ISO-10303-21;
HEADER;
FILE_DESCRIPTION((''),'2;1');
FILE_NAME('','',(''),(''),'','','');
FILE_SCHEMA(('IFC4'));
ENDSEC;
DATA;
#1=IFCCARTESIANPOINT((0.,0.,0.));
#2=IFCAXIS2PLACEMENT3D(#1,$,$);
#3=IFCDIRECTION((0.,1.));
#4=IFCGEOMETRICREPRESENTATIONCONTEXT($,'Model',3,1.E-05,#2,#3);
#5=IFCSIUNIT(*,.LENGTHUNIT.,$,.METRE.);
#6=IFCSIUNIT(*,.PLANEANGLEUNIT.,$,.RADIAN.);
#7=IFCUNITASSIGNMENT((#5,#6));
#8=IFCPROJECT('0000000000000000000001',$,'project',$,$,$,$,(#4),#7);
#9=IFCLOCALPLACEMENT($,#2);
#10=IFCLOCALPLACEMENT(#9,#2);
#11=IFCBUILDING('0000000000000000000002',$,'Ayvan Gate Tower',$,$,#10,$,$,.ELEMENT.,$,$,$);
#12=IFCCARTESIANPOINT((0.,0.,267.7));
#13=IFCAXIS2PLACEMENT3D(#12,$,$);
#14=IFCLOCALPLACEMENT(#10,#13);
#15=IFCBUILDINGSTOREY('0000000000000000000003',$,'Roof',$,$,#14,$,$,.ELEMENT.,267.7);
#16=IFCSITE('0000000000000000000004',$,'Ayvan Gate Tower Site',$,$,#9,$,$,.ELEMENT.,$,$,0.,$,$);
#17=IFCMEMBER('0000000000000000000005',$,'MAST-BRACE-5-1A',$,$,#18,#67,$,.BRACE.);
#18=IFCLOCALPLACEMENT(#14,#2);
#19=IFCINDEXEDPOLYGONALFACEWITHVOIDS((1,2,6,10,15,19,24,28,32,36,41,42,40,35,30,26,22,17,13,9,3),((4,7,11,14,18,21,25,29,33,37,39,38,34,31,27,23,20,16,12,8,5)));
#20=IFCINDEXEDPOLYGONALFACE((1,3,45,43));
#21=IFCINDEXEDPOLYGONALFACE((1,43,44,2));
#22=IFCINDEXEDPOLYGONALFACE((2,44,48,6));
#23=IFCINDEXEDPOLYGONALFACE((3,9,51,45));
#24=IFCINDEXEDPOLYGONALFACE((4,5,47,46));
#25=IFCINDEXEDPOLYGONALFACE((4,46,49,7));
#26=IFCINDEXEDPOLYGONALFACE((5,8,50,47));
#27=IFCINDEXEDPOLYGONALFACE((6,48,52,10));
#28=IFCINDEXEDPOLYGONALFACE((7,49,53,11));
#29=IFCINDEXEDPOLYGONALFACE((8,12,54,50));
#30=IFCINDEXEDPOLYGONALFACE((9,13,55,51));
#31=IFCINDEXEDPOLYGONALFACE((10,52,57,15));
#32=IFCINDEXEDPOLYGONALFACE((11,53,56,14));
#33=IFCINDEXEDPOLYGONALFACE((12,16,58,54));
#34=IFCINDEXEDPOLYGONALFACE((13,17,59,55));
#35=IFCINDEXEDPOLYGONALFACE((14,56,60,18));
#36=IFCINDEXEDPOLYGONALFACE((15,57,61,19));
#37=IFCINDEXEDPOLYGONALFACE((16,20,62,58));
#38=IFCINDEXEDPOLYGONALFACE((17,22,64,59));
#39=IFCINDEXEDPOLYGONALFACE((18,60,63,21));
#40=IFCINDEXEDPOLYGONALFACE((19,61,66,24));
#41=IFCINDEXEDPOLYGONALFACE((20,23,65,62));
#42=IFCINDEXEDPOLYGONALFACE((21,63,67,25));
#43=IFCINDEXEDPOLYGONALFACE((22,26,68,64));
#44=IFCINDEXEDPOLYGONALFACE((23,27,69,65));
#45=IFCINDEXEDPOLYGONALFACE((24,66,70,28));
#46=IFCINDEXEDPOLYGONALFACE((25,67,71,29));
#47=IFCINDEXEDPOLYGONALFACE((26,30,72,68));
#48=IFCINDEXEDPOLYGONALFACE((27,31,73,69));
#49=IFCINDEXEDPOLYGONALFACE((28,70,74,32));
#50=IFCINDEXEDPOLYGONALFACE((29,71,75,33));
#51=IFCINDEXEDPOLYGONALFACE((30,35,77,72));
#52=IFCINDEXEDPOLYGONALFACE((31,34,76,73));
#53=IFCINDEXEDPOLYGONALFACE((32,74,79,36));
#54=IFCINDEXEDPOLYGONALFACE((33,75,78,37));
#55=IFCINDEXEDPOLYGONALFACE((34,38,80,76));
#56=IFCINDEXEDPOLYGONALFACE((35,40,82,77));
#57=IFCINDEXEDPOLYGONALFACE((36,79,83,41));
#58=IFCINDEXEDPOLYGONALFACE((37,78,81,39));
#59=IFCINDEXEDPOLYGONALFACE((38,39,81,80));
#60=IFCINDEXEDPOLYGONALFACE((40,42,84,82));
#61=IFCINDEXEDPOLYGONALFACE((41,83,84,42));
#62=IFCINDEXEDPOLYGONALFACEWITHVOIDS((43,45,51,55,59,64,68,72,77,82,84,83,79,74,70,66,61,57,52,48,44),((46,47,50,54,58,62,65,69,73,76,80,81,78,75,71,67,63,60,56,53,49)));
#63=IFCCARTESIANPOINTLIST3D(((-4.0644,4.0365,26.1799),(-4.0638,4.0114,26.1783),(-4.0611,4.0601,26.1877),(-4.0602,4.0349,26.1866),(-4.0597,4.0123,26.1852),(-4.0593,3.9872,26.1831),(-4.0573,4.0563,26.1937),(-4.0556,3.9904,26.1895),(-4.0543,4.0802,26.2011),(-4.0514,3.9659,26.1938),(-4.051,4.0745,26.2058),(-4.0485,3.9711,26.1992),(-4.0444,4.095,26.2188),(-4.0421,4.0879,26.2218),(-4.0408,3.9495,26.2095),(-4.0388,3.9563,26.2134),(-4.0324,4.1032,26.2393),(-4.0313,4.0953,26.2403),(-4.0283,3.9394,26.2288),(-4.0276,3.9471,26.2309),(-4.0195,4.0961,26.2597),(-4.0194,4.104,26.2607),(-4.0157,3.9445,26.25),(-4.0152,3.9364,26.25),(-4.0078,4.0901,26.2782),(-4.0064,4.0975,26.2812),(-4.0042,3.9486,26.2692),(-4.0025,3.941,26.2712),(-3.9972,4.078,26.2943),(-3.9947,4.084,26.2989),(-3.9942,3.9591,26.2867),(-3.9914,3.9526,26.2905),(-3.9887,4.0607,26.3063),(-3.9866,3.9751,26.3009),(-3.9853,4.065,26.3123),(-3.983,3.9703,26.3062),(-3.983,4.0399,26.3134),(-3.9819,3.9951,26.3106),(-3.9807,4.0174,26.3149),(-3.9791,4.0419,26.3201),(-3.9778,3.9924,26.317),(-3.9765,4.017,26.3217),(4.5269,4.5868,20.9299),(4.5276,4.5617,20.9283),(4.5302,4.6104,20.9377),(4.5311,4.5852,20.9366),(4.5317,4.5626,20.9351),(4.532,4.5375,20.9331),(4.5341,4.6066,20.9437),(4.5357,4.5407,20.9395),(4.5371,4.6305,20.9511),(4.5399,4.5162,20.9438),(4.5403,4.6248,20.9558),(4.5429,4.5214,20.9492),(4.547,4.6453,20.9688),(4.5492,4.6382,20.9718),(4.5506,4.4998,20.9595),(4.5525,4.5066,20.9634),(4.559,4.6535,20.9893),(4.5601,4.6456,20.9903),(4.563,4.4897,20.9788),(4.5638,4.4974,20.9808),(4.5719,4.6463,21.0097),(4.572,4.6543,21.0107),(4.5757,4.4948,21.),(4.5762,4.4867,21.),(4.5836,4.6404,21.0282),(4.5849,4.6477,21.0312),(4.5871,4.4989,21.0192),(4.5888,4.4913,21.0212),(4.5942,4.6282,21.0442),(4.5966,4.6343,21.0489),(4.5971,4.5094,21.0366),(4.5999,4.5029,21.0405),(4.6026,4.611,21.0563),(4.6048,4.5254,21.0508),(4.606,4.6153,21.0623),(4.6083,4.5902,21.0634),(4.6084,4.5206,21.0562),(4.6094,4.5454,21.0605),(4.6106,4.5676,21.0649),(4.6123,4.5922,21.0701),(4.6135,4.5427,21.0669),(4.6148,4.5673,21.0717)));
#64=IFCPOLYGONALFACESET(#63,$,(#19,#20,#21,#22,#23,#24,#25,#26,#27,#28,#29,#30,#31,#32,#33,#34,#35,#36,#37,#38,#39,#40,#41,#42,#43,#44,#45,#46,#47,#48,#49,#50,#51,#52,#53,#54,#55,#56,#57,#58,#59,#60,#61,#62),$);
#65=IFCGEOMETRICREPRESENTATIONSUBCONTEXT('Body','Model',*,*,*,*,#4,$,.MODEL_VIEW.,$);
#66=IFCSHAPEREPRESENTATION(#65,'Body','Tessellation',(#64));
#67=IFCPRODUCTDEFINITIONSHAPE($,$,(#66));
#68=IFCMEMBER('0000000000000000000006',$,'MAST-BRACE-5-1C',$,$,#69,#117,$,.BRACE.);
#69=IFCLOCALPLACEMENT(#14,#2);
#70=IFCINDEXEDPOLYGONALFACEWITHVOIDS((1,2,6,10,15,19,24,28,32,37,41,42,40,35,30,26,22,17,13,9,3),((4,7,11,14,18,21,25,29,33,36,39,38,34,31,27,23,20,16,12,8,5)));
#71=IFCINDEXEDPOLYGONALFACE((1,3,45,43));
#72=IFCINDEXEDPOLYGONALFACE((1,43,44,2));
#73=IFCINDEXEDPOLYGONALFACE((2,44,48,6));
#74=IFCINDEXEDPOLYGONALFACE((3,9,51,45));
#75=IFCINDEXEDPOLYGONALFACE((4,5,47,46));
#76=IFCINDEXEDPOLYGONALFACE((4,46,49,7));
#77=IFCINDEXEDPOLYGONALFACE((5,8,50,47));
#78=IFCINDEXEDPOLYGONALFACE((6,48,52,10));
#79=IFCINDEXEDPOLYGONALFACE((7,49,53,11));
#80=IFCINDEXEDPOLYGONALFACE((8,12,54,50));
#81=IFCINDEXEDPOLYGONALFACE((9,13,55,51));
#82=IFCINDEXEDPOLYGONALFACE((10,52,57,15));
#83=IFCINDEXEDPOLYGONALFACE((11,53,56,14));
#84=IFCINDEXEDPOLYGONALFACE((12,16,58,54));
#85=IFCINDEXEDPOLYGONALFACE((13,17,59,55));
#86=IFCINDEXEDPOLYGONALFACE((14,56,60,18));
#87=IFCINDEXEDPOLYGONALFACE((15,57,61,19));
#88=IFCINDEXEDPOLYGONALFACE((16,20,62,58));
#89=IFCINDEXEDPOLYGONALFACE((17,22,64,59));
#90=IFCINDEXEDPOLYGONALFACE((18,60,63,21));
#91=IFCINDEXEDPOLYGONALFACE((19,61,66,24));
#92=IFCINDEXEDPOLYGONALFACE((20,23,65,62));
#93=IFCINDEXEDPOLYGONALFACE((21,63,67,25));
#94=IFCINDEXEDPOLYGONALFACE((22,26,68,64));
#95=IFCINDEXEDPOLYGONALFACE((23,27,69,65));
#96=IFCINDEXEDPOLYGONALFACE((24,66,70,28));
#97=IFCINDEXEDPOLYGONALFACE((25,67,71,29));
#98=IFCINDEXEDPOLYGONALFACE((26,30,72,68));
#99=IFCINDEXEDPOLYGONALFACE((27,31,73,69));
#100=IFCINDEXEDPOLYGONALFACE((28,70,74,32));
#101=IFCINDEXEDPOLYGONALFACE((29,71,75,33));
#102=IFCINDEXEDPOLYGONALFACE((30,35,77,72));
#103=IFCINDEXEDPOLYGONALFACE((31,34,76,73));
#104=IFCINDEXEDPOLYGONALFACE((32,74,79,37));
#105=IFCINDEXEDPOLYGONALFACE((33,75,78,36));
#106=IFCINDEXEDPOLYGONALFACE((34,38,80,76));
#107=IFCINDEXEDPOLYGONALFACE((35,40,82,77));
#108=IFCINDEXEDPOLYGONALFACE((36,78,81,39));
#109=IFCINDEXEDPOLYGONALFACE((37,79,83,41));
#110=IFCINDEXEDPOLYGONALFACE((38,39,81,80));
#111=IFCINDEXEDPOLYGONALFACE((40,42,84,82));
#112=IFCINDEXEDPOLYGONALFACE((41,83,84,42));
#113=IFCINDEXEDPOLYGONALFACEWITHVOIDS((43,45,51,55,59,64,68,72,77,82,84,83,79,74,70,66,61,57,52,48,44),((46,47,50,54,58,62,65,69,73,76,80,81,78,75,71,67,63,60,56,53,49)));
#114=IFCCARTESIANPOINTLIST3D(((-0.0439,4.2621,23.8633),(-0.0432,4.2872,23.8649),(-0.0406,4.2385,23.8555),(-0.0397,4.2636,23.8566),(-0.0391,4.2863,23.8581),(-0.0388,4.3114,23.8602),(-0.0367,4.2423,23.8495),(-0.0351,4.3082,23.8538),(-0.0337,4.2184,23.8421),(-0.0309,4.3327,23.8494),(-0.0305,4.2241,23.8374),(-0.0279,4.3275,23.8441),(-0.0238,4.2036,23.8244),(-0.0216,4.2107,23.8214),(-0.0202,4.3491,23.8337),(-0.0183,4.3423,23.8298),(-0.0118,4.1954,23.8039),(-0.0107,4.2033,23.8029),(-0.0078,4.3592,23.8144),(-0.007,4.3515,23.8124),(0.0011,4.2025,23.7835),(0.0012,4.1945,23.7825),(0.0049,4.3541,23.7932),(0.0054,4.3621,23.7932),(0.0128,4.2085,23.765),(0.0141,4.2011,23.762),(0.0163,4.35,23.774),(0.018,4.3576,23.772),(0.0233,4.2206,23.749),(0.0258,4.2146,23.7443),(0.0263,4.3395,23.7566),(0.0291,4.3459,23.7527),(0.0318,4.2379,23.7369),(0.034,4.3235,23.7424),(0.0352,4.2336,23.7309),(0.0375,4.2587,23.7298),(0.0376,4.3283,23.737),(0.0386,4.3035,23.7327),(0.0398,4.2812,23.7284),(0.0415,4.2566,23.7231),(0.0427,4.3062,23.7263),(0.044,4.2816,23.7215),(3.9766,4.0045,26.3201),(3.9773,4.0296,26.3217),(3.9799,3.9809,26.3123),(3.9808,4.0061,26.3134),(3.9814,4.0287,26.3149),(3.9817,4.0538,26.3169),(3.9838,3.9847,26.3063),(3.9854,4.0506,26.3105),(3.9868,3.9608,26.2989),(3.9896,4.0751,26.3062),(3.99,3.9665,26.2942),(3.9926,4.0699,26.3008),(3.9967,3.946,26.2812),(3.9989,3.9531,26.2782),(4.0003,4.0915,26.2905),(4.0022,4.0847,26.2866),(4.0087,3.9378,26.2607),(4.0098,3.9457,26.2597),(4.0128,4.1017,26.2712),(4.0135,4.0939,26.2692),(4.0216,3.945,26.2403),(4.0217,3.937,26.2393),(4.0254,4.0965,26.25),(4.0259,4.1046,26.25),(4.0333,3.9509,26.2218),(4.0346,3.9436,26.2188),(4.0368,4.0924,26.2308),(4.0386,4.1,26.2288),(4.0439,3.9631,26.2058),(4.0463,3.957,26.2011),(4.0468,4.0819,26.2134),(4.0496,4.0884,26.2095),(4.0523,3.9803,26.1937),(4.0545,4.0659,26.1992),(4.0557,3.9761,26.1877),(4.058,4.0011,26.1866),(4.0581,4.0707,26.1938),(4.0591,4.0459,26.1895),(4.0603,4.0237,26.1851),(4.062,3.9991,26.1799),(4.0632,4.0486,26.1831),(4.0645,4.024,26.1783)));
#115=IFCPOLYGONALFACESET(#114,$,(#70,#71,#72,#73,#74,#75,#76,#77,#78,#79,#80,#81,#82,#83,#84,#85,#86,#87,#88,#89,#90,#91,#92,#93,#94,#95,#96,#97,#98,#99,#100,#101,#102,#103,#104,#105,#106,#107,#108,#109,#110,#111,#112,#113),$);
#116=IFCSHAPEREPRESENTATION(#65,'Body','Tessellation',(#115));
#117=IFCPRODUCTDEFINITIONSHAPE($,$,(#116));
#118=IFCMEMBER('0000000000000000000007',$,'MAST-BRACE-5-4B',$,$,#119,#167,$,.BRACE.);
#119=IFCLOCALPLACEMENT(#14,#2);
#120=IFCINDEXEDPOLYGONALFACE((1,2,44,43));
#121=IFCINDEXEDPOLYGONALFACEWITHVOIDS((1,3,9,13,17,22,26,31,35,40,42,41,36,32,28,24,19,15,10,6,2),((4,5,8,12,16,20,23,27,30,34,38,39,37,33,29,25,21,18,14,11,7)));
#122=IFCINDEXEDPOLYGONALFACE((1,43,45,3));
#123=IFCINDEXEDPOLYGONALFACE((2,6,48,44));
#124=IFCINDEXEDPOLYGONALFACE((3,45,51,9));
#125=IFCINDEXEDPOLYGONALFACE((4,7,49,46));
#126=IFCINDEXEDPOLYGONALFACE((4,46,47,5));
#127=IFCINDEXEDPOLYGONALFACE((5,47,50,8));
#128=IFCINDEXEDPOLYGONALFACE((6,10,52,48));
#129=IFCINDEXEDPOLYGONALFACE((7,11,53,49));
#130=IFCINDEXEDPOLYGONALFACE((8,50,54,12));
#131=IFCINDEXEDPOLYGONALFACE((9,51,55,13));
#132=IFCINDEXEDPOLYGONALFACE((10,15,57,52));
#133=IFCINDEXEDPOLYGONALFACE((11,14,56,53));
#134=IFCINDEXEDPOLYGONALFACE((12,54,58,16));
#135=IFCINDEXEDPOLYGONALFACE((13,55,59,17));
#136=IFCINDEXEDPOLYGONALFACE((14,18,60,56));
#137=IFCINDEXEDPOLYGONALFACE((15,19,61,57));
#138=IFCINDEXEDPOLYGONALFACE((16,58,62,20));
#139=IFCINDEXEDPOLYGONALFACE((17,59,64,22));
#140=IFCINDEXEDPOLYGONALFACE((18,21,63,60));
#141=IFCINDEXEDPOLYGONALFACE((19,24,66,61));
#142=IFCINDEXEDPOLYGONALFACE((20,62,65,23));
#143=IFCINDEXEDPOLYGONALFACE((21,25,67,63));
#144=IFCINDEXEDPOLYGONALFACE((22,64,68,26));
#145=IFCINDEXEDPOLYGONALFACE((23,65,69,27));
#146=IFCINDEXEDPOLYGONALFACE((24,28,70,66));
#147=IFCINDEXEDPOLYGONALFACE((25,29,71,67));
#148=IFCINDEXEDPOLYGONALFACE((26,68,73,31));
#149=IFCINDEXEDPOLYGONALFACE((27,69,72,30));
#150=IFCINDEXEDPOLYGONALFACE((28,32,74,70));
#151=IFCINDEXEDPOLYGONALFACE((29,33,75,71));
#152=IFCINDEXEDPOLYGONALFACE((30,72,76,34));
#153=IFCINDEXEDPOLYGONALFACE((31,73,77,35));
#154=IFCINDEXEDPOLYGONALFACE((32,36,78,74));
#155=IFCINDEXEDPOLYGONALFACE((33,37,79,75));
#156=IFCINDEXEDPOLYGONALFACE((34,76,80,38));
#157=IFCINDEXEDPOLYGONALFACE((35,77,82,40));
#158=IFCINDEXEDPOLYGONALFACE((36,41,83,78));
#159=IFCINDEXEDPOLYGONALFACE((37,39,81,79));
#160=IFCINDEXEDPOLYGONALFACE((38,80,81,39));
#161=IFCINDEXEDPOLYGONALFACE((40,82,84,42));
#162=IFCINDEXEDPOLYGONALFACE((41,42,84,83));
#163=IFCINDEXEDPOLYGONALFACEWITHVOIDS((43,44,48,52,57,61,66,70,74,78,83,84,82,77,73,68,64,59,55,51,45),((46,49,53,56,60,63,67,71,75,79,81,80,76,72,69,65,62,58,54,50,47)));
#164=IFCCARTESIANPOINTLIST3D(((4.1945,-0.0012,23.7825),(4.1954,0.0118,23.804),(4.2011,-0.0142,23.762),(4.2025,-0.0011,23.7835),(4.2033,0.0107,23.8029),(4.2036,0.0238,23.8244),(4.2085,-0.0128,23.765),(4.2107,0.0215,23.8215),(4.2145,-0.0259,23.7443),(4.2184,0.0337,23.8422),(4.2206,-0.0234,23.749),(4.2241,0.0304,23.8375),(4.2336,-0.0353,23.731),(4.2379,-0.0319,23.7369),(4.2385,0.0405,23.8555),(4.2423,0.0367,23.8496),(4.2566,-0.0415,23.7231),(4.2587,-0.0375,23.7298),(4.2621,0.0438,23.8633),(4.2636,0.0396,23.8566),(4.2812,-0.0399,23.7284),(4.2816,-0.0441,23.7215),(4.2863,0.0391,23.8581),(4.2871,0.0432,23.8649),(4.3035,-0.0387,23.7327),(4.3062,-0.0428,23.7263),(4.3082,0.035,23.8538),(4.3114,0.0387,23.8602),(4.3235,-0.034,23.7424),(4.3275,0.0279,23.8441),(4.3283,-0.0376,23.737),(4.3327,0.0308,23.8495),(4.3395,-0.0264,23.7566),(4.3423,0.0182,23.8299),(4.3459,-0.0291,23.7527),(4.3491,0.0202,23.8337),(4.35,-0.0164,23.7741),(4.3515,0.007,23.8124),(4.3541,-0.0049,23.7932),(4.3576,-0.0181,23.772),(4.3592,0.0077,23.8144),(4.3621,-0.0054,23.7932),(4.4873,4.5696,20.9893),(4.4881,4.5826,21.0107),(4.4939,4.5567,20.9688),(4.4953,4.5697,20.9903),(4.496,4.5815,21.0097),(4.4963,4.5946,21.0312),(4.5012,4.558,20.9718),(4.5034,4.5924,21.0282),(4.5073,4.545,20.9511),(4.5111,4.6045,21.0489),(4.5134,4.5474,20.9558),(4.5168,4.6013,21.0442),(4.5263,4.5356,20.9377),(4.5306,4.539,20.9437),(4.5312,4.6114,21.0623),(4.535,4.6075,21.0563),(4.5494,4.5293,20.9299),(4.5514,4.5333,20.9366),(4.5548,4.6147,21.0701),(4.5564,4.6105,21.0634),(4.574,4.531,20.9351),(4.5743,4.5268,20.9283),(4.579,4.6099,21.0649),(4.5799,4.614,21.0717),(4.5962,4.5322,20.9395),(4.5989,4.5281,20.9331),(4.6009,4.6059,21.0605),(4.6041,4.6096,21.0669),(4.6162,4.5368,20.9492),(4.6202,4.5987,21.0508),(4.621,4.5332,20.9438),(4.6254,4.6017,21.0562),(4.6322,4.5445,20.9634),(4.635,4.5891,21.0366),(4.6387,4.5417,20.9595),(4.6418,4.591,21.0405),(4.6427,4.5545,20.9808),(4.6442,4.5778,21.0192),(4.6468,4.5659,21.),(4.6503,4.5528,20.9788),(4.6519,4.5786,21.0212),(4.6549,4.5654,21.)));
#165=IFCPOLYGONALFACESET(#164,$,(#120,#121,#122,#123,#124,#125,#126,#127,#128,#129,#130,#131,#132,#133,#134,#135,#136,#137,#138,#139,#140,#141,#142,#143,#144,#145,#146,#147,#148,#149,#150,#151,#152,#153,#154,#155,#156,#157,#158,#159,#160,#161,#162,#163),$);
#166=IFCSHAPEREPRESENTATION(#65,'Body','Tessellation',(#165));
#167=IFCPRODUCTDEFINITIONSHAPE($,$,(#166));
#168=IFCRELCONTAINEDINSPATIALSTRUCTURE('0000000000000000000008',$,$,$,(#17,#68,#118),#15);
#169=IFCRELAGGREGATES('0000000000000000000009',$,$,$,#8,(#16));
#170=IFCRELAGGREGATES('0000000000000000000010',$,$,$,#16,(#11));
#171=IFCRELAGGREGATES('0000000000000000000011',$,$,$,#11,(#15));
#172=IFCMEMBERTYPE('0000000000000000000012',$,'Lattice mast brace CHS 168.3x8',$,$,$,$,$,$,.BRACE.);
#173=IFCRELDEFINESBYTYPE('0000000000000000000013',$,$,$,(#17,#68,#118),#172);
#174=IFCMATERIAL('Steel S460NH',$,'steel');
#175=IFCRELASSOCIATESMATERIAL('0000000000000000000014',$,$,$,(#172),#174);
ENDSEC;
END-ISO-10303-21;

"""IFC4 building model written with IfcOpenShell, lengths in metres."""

from ifc_helpers import new_model, si_unit, direction, frame, origin, origin_2d, place, context, subcontext, project, spatial, hollow_circle, extrude, material, material_profile, profile_set, type_object, element, save


model = new_model("IFC4")

# Units and contexts
model_context = context("Model", 3, precision=1e-05, world=origin(), true_north=direction((0.0, 1.0)))
body_context = subcontext(model_context, "Body", "Model", "MODEL_VIEW")
ifc_project = project(units=[si_unit("LENGTHUNIT", "METRE"), si_unit("PLANEANGLEUNIT", "RADIAN")], contexts=[model_context])

# Site, building, storey
site_placement = place(None, origin())
site = spatial("IfcSite", under=ifc_project, at=site_placement, Name="Ayvan Gate Tower Site", CompositionType="ELEMENT", RefElevation=0.0)
building_placement = place(site_placement, origin())
building = spatial("IfcBuilding", under=site, at=building_placement, Name="Ayvan Gate Tower", CompositionType="ELEMENT")
storey_placement = place(building_placement, frame((0.0, 0.0, 267.7)))
storey = spatial("IfcBuildingStorey", under=building, at=storey_placement, Name="Roof", CompositionType="ELEMENT", Elevation=267.7)

# Members
ifc_material_1 = material(Name="Steel S460NH", Category="steel")
ifc_material_profile_1 = material_profile(ifc_material_1, hollow_circle(Radius=0.0842, WallThickness=0.0081, at=origin_2d()), Name="CHS 168.3x8")
ifc_profile_set_1 = profile_set([ifc_material_profile_1], Name="Steel S460NH")
member_type_1 = type_object("IfcMemberType", Name="Lattice mast brace CHS 168.3x8", PredefinedType="BRACE", material=ifc_profile_set_1)
member_1_placement = place(storey_placement, frame((4.5708, 4.5708, 21.0), z_axis=(-0.852021, -0.054574, 0.520655), x_axis=(0.063921, -0.997955, 0.0)))
element("IfcMember", 1, at=member_1_placement, inside=storey, type_object=member_type_1, Name="MAST-BRACE-5-1A", PredefinedType="BRACE", context=body_context, shape_type="SweptSolid", body=[
    extrude(hollow_circle(Radius=0.0842, WallThickness=0.0081, at=origin_2d()), origin(), (0.0, 0.0, 1.0), 10.0835),
])
member_2_placement = place(storey_placement, frame((0.0, 4.2781, 23.7932), z_axis=(0.852028, -0.054584, 0.520643), x_axis=(0.063933, 0.997954, 0.0)))
element("IfcMember", 2, at=member_2_placement, inside=storey, type_object=member_type_1, Name="MAST-BRACE-5-1C", PredefinedType="BRACE", context=body_context, shape_type="SweptSolid", body=[
    extrude(hollow_circle(Radius=0.0842, WallThickness=0.0081, at=origin_2d()), origin(), (0.0, 0.0, 1.0), 4.7188),
])
member_3_placement = place(storey_placement, frame((4.5708, 4.5708, 21.0), z_axis=(-0.054565, -0.852015, 0.520666), x_axis=(0.997956, -0.063911, 0.0)))
element("IfcMember", 3, at=member_3_placement, inside=storey, type_object=member_type_1, Name="MAST-BRACE-5-4B", PredefinedType="BRACE", context=body_context, shape_type="SweptSolid", body=[
    extrude(hollow_circle(Radius=0.0842, WallThickness=0.0081, at=origin_2d()), origin(), (0.0, 0.0, 1.0), 5.3647),
])

save(model, "model.ifc")
